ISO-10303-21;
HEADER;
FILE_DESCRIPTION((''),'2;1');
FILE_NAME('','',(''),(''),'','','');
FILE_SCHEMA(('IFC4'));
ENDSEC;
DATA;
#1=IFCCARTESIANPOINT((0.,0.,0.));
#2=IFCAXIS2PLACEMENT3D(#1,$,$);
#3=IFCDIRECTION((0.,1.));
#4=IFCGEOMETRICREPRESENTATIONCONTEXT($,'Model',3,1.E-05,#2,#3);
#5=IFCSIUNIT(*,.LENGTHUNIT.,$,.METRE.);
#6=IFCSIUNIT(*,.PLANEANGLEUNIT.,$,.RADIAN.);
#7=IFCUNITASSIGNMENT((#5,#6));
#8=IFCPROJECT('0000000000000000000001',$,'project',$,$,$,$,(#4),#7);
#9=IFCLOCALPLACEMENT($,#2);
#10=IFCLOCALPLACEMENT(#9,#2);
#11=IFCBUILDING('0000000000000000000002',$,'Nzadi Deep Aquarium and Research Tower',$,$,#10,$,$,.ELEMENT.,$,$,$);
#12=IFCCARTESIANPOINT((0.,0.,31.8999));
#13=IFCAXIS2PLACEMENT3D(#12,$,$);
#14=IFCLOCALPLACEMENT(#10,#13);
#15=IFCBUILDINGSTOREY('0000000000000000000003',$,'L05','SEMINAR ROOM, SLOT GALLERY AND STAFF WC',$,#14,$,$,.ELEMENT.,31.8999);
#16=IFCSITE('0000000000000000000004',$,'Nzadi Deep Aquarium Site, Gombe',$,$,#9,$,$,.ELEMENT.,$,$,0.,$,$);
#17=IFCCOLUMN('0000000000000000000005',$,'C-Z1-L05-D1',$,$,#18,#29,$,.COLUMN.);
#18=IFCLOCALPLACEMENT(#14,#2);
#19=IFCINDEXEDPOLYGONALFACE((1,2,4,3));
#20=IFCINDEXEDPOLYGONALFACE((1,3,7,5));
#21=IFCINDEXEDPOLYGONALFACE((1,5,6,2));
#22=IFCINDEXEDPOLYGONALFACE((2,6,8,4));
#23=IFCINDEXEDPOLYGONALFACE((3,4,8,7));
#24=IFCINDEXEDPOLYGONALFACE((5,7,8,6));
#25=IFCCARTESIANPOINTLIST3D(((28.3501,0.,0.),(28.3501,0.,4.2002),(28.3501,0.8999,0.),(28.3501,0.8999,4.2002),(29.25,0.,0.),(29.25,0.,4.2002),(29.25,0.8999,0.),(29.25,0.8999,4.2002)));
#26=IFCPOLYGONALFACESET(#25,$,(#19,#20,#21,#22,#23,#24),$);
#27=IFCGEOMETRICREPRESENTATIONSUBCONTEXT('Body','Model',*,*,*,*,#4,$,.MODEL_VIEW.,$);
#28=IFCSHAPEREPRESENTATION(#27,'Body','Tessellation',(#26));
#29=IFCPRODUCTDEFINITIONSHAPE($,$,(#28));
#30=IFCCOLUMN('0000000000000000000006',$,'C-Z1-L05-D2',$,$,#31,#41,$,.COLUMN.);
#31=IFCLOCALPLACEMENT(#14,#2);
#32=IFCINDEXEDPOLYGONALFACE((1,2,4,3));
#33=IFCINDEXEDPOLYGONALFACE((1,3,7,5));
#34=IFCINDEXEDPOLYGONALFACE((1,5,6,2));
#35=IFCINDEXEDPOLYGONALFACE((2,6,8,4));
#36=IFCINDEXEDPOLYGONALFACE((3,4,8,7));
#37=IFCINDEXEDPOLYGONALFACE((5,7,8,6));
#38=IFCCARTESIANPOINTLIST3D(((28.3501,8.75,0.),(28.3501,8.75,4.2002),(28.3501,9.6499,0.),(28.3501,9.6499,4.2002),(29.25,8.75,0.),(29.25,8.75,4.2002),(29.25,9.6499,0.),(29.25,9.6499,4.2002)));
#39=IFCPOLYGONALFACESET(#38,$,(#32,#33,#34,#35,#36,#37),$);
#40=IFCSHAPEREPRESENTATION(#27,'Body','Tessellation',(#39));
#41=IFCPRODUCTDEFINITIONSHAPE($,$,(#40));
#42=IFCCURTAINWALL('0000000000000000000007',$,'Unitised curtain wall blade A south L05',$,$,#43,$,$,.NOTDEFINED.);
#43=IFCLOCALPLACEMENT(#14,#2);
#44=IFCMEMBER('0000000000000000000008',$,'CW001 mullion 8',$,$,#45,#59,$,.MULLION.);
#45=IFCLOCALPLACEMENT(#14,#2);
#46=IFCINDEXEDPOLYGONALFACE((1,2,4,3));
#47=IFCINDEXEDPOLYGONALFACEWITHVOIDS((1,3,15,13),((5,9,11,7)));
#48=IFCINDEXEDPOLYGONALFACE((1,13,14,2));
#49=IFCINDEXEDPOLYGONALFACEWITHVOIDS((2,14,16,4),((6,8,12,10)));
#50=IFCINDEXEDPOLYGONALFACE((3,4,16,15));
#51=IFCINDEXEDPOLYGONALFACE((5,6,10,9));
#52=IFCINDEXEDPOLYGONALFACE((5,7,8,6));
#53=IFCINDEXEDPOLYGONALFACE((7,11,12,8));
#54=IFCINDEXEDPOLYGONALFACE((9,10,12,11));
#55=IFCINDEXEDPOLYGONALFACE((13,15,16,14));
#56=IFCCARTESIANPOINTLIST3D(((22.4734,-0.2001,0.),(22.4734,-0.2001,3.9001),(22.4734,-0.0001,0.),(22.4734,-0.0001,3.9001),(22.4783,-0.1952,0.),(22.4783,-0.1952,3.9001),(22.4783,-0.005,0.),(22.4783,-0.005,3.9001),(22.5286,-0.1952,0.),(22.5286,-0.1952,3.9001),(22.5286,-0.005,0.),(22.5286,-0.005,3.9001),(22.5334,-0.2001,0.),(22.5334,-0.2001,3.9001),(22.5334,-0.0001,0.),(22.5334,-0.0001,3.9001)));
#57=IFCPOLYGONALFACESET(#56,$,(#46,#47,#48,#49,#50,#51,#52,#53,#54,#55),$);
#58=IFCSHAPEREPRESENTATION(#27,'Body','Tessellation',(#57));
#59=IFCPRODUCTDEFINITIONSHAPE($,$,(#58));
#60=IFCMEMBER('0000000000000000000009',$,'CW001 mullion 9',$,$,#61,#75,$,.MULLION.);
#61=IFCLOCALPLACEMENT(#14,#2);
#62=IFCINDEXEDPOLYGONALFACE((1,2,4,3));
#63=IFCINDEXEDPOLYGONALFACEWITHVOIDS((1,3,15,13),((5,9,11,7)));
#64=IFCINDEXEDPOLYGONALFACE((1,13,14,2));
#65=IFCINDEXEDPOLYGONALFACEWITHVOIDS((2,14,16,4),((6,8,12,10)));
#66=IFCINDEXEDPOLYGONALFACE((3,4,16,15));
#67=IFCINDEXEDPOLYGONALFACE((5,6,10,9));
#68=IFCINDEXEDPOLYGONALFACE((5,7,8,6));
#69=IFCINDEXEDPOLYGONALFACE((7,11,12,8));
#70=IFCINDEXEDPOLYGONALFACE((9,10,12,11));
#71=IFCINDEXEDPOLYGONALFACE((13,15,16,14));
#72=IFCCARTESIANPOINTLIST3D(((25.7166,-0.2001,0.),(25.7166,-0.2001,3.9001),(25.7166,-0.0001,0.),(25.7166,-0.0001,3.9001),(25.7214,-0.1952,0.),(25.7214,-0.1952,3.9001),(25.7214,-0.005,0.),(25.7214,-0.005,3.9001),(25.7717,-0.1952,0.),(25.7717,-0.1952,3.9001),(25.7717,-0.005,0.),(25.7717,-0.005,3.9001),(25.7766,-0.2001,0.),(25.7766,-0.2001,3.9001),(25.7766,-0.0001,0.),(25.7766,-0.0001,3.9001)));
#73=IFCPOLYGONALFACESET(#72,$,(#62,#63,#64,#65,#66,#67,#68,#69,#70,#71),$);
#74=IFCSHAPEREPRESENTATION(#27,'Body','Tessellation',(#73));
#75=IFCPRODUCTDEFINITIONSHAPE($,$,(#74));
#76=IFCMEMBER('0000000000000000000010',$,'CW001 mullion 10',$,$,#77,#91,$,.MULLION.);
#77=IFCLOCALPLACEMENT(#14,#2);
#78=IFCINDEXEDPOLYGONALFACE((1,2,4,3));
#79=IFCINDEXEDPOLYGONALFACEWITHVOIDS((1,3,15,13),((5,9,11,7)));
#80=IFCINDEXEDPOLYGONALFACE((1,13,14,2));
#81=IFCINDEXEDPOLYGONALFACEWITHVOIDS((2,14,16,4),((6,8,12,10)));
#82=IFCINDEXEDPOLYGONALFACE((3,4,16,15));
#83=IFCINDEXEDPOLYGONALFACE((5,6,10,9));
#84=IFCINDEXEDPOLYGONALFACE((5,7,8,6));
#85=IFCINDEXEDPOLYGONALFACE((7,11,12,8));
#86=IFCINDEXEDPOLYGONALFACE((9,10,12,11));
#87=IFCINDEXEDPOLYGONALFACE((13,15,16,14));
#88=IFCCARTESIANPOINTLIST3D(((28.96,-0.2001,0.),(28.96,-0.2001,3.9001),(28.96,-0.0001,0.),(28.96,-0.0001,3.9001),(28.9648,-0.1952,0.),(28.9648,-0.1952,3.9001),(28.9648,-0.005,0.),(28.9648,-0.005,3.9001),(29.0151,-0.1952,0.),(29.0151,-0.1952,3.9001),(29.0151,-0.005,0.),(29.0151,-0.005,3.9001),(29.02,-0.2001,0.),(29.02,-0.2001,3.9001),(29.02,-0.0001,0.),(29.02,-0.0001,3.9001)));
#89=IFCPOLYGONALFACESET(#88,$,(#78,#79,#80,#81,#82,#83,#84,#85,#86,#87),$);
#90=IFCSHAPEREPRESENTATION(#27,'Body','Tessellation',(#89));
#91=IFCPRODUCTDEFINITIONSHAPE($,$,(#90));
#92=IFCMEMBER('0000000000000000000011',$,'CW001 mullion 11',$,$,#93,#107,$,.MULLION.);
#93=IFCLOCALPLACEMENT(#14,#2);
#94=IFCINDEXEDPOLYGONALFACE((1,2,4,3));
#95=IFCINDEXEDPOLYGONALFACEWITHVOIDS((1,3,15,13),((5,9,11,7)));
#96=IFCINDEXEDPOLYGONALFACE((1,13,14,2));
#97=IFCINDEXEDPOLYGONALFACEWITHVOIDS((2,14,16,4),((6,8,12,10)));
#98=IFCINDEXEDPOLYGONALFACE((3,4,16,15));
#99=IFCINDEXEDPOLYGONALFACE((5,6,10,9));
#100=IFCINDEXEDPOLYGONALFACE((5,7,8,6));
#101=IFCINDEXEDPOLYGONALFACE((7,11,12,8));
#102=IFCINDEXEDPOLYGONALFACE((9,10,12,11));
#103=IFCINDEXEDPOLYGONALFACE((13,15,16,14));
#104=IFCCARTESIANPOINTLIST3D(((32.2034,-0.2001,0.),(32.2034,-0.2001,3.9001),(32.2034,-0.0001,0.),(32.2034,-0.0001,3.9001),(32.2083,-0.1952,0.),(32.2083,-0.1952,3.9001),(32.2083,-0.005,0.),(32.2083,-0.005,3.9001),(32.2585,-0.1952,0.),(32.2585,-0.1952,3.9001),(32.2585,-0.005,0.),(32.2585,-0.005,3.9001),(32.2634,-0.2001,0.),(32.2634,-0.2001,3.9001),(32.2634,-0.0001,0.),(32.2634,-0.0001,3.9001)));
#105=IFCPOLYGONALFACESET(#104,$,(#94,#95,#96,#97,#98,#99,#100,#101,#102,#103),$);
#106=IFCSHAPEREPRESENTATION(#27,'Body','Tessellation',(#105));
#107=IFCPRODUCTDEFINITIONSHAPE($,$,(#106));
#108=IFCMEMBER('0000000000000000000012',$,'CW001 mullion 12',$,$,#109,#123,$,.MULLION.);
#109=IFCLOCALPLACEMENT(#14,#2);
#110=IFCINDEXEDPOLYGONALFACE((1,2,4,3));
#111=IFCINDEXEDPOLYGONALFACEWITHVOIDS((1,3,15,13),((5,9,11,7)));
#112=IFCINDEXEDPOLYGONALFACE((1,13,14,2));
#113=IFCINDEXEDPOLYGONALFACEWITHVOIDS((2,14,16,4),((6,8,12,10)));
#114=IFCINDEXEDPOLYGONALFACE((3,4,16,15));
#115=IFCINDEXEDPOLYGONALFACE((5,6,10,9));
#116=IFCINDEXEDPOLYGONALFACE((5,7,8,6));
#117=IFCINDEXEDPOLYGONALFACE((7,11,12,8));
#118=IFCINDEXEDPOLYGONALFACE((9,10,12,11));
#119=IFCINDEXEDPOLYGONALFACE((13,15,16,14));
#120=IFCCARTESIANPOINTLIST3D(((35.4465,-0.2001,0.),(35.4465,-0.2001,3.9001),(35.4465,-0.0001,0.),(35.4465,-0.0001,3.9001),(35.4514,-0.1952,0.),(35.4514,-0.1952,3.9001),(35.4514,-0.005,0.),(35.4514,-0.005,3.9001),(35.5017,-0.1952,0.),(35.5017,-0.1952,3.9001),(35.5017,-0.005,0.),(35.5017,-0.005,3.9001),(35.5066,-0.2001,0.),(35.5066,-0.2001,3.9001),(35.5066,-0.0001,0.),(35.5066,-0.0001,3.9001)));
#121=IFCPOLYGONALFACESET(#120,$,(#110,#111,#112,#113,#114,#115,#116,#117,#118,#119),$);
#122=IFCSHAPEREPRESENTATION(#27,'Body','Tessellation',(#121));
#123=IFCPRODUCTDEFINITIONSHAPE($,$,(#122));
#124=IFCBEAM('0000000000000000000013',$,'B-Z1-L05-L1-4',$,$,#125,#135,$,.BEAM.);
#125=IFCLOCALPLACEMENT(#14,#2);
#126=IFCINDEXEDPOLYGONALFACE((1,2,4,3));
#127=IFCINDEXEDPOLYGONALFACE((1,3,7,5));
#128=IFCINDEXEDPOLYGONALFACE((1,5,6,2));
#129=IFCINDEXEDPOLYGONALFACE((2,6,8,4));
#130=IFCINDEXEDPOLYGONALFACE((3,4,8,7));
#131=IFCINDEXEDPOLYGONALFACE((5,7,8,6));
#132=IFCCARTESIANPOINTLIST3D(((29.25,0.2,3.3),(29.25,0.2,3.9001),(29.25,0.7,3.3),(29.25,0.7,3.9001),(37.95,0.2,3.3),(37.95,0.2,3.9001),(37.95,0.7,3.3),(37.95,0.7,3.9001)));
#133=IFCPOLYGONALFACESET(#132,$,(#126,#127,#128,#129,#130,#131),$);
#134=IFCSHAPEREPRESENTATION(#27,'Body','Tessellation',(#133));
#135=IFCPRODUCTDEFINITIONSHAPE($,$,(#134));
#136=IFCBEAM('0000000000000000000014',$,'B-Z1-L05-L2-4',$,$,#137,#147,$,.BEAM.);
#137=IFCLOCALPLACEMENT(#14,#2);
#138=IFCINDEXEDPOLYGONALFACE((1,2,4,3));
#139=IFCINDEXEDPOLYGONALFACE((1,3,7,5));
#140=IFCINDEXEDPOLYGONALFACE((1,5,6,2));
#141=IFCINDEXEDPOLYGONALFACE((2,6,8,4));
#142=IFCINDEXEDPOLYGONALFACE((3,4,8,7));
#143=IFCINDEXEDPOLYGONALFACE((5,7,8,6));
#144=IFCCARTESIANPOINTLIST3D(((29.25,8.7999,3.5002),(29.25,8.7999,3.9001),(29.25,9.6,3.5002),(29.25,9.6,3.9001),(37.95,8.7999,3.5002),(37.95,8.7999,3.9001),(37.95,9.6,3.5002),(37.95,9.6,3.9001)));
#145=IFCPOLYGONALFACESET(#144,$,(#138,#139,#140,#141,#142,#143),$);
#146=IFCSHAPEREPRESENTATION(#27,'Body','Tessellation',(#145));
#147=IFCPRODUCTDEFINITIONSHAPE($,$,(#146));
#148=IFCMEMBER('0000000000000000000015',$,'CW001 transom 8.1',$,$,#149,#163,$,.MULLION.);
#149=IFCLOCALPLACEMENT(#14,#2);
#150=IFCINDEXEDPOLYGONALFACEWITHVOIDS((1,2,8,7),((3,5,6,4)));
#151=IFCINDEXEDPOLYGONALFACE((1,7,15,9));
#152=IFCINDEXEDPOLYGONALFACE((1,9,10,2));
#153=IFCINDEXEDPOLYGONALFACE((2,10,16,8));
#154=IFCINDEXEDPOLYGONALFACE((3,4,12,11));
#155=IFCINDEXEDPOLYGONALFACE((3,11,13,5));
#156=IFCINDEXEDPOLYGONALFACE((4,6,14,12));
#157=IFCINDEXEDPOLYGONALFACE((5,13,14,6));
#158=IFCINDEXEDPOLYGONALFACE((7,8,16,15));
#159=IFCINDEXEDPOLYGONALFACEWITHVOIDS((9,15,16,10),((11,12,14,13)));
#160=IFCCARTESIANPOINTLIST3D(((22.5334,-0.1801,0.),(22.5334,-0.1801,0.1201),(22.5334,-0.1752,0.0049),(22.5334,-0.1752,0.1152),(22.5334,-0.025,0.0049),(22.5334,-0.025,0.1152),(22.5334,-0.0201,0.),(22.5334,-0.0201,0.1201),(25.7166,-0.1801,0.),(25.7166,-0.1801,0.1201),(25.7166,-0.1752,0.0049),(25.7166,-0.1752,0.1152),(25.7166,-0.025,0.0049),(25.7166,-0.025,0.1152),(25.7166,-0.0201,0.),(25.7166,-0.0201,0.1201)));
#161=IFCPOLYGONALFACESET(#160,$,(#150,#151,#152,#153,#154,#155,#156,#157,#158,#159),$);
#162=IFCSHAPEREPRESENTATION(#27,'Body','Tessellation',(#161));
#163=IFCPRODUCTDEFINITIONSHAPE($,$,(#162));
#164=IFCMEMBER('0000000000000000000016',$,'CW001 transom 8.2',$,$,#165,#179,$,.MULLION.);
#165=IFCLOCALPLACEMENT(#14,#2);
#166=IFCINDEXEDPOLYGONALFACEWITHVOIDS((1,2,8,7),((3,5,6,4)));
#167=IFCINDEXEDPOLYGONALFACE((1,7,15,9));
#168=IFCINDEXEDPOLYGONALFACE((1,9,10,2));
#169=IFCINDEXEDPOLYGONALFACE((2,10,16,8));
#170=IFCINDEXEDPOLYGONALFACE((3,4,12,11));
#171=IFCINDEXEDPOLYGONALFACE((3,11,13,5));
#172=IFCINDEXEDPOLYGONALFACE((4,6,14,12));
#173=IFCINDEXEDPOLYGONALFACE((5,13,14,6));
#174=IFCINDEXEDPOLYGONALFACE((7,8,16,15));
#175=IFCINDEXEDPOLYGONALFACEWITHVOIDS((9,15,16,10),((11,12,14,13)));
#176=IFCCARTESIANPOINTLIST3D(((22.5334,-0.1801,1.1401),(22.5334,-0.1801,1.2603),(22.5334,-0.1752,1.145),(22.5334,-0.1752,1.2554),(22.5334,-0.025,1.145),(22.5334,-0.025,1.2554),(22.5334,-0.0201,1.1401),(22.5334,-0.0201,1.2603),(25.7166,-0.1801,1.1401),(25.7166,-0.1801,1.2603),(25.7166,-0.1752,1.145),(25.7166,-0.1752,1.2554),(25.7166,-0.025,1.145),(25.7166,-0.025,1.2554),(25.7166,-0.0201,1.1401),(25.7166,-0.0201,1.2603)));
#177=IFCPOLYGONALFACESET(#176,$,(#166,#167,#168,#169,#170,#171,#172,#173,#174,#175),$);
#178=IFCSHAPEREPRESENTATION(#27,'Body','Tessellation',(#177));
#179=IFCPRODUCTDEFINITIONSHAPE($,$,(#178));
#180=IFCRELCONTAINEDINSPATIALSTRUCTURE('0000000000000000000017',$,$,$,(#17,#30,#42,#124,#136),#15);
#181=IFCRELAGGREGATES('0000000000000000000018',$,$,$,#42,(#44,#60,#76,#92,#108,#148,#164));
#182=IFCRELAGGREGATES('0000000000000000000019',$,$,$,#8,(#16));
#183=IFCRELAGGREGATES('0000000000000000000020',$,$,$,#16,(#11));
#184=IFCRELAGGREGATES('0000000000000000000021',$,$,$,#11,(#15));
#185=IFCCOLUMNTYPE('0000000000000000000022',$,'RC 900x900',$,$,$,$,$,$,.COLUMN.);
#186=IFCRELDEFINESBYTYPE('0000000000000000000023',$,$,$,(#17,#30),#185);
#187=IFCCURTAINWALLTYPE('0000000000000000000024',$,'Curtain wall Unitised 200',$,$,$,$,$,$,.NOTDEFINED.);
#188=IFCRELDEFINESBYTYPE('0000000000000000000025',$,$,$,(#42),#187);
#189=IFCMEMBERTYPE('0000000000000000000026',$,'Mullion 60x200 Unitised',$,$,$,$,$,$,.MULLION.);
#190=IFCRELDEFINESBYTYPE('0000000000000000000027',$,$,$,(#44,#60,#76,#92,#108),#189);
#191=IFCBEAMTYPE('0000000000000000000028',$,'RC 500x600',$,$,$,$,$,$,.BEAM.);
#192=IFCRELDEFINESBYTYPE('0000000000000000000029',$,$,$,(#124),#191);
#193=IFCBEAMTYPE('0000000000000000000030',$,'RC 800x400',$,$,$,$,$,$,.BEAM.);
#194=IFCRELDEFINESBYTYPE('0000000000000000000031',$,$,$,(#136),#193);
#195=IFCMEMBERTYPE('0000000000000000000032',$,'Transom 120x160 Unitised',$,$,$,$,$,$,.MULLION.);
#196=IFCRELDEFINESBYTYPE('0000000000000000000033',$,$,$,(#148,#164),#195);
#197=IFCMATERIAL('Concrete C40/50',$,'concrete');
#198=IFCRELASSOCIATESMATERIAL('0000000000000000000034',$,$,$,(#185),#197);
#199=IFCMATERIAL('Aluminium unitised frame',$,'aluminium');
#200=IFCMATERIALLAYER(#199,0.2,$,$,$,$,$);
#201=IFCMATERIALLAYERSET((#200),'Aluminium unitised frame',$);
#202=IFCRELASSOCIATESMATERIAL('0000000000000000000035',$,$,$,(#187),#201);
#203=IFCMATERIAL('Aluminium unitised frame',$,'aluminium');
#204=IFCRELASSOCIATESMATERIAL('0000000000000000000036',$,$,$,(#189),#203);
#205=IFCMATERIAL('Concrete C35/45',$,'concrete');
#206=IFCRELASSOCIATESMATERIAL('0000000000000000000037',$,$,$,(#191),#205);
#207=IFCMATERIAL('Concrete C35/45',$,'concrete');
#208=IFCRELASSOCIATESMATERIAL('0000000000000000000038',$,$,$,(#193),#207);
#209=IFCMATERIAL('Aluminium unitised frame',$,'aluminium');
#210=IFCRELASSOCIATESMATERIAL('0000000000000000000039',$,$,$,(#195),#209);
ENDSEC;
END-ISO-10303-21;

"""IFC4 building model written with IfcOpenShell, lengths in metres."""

from ifc_helpers import new_model, si_unit, direction, frame, origin, origin_2d, place, context, subcontext, project, spatial, rectangle, hollow_rectangle, extrude, material, layer, layer_set, material_profile, profile_set, type_object, element, aggregate, save


model = new_model("IFC4")

# Units and contexts
model_context = context("Model", 3, precision=1e-05, world=origin(), true_north=direction((0.0, 1.0)))
body_context = subcontext(model_context, "Body", "Model", "MODEL_VIEW")
ifc_project = project(units=[si_unit("LENGTHUNIT", "METRE"), si_unit("PLANEANGLEUNIT", "RADIAN")], contexts=[model_context])

# Site, building, storey
site_placement = place(None, origin())
site = spatial("IfcSite", under=ifc_project, at=site_placement, Name="Nzadi Deep Aquarium Site, Gombe", CompositionType="ELEMENT", RefElevation=0.0)
building_placement = place(site_placement, origin())
building = spatial("IfcBuilding", under=site, at=building_placement, Name="Nzadi Deep Aquarium and Research Tower", CompositionType="ELEMENT")
storey_placement = place(building_placement, frame((0.0, 0.0, 31.8999)))
storey = spatial("IfcBuildingStorey", under=building, at=storey_placement, Name="L05", Description="SEMINAR ROOM, SLOT GALLERY AND STAFF WC", CompositionType="ELEMENT", Elevation=31.8999)

# Columns
ifc_material_1 = material(Name="Concrete C40/50", Category="concrete")
ifc_material_profile_1 = material_profile(ifc_material_1, rectangle(XDim=0.8999, YDim=0.8999, at=origin_2d()))
ifc_profile_set_1 = profile_set([ifc_material_profile_1], Name="Concrete C40/50")
column_type = type_object("IfcColumnType", Name="RC 900x900", PredefinedType="COLUMN", material=ifc_profile_set_1)
for number, where, z_axis, x_axis, name in (
    (1, (28.8, 0.45, 0.0), (0.0, 0.0, 1.0), (1.0, 0.0, 0.0), "C-Z1-L05-D1"),
    (2, (28.8, 9.2, 0.0), (0.0, 0.0, 1.0), (1.0, 0.0, 0.0), "C-Z1-L05-D2"),
):
    element("IfcColumn", number, at=place(storey_placement, frame(where, z_axis=z_axis, x_axis=x_axis)), inside=storey, type_object=column_type, Name=name, PredefinedType="COLUMN", context=body_context, shape_type="SweptSolid", body=[
        extrude(rectangle(XDim=0.8999, YDim=0.8999, at=origin_2d()), origin(), (0.0, 0.0, 1.0), 4.2002),
    ])

# Curtain wall, members
ifc_material_2 = material(Name="Aluminium unitised frame", Category="aluminium")
ifc_layer_1 = layer(ifc_material_2, 0.2)
ifc_layer_set_1 = layer_set([ifc_layer_1], Name="Aluminium unitised frame")
curtain_wall_type = type_object("IfcCurtainWallType", Name="Curtain wall Unitised 200", PredefinedType="NOTDEFINED", material=ifc_layer_set_1)
curtain_wall_placement = place(storey_placement, origin())
curtain_wall = element("IfcCurtainWall", 3, at=curtain_wall_placement, inside=storey, type_object=curtain_wall_type, Name="Unitised curtain wall blade A south L05", PredefinedType="NOTDEFINED")
ifc_material_3 = material(Name="Aluminium unitised frame", Category="aluminium")
ifc_material_profile_2 = material_profile(ifc_material_3, hollow_rectangle(XDim=0.2, YDim=0.0601, WallThickness=0.0049, at=origin_2d()))
ifc_profile_set_2 = profile_set([ifc_material_profile_2], Name="Aluminium unitised frame")
member_type_1 = type_object("IfcMemberType", Name="Mullion 60x200 Unitised", PredefinedType="MULLION", material=ifc_profile_set_2)
member_1_placement = place(storey_placement, frame((22.5034, -0.1001, 0.0), z_axis=(0.0, 0.0, 1.0), x_axis=(0.0, 1.0, 0.0)))
member_1 = element("IfcMember", 4, at=member_1_placement, type_object=member_type_1, Name="CW001 mullion 8", PredefinedType="MULLION", context=body_context, shape_type="SweptSolid", body=[
    extrude(hollow_rectangle(XDim=0.2, YDim=0.0601, WallThickness=0.0049, at=origin_2d()), origin(), (0.0, 0.0, 1.0), 3.9001),
])
member_2_placement = place(storey_placement, frame((25.7466, -0.1001, 0.0), z_axis=(0.0, 0.0, 1.0), x_axis=(0.0, 1.0, 0.0)))
member_2 = element("IfcMember", 5, at=member_2_placement, type_object=member_type_1, Name="CW001 mullion 9", PredefinedType="MULLION", context=body_context, shape_type="SweptSolid", body=[
    extrude(hollow_rectangle(XDim=0.2, YDim=0.0601, WallThickness=0.0049, at=origin_2d()), origin(), (0.0, 0.0, 1.0), 3.9001),
])
member_3_placement = place(storey_placement, frame((28.99, -0.1001, 0.0), z_axis=(0.0, 0.0, 1.0), x_axis=(0.0, 1.0, 0.0)))
member_3 = element("IfcMember", 6, at=member_3_placement, type_object=member_type_1, Name="CW001 mullion 10", PredefinedType="MULLION", context=body_context, shape_type="SweptSolid", body=[
    extrude(hollow_rectangle(XDim=0.2, YDim=0.0601, WallThickness=0.0049, at=origin_2d()), origin(), (0.0, 0.0, 1.0), 3.9001),
])
member_4_placement = place(storey_placement, frame((32.2334, -0.1001, 0.0), z_axis=(0.0, 0.0, 1.0), x_axis=(0.0, 1.0, 0.0)))
member_4 = element("IfcMember", 7, at=member_4_placement, type_object=member_type_1, Name="CW001 mullion 11", PredefinedType="MULLION", context=body_context, shape_type="SweptSolid", body=[
    extrude(hollow_rectangle(XDim=0.2, YDim=0.0601, WallThickness=0.0049, at=origin_2d()), origin(), (0.0, 0.0, 1.0), 3.9001),
])
member_5_placement = place(storey_placement, frame((35.4766, -0.1001, 0.0), z_axis=(0.0, 0.0, 1.0), x_axis=(0.0, 1.0, 0.0)))
member_5 = element("IfcMember", 8, at=member_5_placement, type_object=member_type_1, Name="CW001 mullion 12", PredefinedType="MULLION", context=body_context, shape_type="SweptSolid", body=[
    extrude(hollow_rectangle(XDim=0.2, YDim=0.0601, WallThickness=0.0049, at=origin_2d()), origin(), (0.0, 0.0, 1.0), 3.9001),
])

# Beams
ifc_material_4 = material(Name="Concrete C35/45", Category="concrete")
ifc_material_profile_3 = material_profile(ifc_material_4, rectangle(XDim=0.5, YDim=0.6001, at=origin_2d()))
ifc_profile_set_3 = profile_set([ifc_material_profile_3], Name="Concrete C35/45")
beam_type_1 = type_object("IfcBeamType", Name="RC 500x600", PredefinedType="BEAM", material=ifc_profile_set_3)
beam_1_placement = place(storey_placement, frame((29.25, 0.45, 3.6001), z_axis=(1.0, 0.0, 0.0), x_axis=(0.0, 1.0, 0.0)))
element("IfcBeam", 9, at=beam_1_placement, inside=storey, type_object=beam_type_1, Name="B-Z1-L05-L1-4", PredefinedType="BEAM", context=body_context, shape_type="SweptSolid", body=[
    extrude(rectangle(XDim=0.5, YDim=0.6001, at=origin_2d()), origin(), (0.0, 0.0, 1.0), 8.7),
])
ifc_material_5 = material(Name="Concrete C35/45", Category="concrete")
ifc_material_profile_4 = material_profile(ifc_material_5, rectangle(XDim=0.8, YDim=0.3999, at=origin_2d()))
ifc_profile_set_4 = profile_set([ifc_material_profile_4], Name="Concrete C35/45")
beam_type_2 = type_object("IfcBeamType", Name="RC 800x400", PredefinedType="BEAM", material=ifc_profile_set_4)
beam_2_placement = place(storey_placement, frame((29.25, 9.2, 3.7002), z_axis=(1.0, 0.0, 0.0), x_axis=(0.0, 1.0, 0.0)))
element("IfcBeam", 10, at=beam_2_placement, inside=storey, type_object=beam_type_2, Name="B-Z1-L05-L2-4", PredefinedType="BEAM", context=body_context, shape_type="SweptSolid", body=[
    extrude(rectangle(XDim=0.8, YDim=0.3999, at=origin_2d()), origin(), (0.0, 0.0, 1.0), 8.7),
])

# Members
ifc_material_6 = material(Name="Aluminium unitised frame", Category="aluminium")
ifc_material_profile_5 = material_profile(ifc_material_6, hollow_rectangle(XDim=0.1599, YDim=0.1201, WallThickness=0.0049, at=origin_2d()))
ifc_profile_set_5 = profile_set([ifc_material_profile_5], Name="Aluminium unitised frame")
member_type_2 = type_object("IfcMemberType", Name="Transom 120x160 Unitised", PredefinedType="MULLION", material=ifc_profile_set_5)
member_6_placement = place(storey_placement, frame((22.5334, -0.1001, 0.0601), z_axis=(1.0, 0.0, 0.0), x_axis=(0.0, 1.0, 0.0)))
member_6 = element("IfcMember", 11, at=member_6_placement, type_object=member_type_2, Name="CW001 transom 8.1", PredefinedType="MULLION", context=body_context, shape_type="SweptSolid", body=[
    extrude(hollow_rectangle(XDim=0.1599, YDim=0.1201, WallThickness=0.0049, at=origin_2d()), origin(), (0.0, 0.0, 1.0), 3.1831),
])
member_7_placement = place(storey_placement, frame((22.5334, -0.1001, 1.2002), z_axis=(1.0, 0.0, 0.0), x_axis=(0.0, 1.0, 0.0)))
member_7 = element("IfcMember", 12, at=member_7_placement, type_object=member_type_2, Name="CW001 transom 8.2", PredefinedType="MULLION", context=body_context, shape_type="SweptSolid", body=[
    extrude(hollow_rectangle(XDim=0.1599, YDim=0.1201, WallThickness=0.0049, at=origin_2d()), origin(), (0.0, 0.0, 1.0), 3.1831),
])

aggregate(curtain_wall, [member_1, member_2, member_3, member_4, member_5, member_6, member_7])

save(model, "model.ifc")
